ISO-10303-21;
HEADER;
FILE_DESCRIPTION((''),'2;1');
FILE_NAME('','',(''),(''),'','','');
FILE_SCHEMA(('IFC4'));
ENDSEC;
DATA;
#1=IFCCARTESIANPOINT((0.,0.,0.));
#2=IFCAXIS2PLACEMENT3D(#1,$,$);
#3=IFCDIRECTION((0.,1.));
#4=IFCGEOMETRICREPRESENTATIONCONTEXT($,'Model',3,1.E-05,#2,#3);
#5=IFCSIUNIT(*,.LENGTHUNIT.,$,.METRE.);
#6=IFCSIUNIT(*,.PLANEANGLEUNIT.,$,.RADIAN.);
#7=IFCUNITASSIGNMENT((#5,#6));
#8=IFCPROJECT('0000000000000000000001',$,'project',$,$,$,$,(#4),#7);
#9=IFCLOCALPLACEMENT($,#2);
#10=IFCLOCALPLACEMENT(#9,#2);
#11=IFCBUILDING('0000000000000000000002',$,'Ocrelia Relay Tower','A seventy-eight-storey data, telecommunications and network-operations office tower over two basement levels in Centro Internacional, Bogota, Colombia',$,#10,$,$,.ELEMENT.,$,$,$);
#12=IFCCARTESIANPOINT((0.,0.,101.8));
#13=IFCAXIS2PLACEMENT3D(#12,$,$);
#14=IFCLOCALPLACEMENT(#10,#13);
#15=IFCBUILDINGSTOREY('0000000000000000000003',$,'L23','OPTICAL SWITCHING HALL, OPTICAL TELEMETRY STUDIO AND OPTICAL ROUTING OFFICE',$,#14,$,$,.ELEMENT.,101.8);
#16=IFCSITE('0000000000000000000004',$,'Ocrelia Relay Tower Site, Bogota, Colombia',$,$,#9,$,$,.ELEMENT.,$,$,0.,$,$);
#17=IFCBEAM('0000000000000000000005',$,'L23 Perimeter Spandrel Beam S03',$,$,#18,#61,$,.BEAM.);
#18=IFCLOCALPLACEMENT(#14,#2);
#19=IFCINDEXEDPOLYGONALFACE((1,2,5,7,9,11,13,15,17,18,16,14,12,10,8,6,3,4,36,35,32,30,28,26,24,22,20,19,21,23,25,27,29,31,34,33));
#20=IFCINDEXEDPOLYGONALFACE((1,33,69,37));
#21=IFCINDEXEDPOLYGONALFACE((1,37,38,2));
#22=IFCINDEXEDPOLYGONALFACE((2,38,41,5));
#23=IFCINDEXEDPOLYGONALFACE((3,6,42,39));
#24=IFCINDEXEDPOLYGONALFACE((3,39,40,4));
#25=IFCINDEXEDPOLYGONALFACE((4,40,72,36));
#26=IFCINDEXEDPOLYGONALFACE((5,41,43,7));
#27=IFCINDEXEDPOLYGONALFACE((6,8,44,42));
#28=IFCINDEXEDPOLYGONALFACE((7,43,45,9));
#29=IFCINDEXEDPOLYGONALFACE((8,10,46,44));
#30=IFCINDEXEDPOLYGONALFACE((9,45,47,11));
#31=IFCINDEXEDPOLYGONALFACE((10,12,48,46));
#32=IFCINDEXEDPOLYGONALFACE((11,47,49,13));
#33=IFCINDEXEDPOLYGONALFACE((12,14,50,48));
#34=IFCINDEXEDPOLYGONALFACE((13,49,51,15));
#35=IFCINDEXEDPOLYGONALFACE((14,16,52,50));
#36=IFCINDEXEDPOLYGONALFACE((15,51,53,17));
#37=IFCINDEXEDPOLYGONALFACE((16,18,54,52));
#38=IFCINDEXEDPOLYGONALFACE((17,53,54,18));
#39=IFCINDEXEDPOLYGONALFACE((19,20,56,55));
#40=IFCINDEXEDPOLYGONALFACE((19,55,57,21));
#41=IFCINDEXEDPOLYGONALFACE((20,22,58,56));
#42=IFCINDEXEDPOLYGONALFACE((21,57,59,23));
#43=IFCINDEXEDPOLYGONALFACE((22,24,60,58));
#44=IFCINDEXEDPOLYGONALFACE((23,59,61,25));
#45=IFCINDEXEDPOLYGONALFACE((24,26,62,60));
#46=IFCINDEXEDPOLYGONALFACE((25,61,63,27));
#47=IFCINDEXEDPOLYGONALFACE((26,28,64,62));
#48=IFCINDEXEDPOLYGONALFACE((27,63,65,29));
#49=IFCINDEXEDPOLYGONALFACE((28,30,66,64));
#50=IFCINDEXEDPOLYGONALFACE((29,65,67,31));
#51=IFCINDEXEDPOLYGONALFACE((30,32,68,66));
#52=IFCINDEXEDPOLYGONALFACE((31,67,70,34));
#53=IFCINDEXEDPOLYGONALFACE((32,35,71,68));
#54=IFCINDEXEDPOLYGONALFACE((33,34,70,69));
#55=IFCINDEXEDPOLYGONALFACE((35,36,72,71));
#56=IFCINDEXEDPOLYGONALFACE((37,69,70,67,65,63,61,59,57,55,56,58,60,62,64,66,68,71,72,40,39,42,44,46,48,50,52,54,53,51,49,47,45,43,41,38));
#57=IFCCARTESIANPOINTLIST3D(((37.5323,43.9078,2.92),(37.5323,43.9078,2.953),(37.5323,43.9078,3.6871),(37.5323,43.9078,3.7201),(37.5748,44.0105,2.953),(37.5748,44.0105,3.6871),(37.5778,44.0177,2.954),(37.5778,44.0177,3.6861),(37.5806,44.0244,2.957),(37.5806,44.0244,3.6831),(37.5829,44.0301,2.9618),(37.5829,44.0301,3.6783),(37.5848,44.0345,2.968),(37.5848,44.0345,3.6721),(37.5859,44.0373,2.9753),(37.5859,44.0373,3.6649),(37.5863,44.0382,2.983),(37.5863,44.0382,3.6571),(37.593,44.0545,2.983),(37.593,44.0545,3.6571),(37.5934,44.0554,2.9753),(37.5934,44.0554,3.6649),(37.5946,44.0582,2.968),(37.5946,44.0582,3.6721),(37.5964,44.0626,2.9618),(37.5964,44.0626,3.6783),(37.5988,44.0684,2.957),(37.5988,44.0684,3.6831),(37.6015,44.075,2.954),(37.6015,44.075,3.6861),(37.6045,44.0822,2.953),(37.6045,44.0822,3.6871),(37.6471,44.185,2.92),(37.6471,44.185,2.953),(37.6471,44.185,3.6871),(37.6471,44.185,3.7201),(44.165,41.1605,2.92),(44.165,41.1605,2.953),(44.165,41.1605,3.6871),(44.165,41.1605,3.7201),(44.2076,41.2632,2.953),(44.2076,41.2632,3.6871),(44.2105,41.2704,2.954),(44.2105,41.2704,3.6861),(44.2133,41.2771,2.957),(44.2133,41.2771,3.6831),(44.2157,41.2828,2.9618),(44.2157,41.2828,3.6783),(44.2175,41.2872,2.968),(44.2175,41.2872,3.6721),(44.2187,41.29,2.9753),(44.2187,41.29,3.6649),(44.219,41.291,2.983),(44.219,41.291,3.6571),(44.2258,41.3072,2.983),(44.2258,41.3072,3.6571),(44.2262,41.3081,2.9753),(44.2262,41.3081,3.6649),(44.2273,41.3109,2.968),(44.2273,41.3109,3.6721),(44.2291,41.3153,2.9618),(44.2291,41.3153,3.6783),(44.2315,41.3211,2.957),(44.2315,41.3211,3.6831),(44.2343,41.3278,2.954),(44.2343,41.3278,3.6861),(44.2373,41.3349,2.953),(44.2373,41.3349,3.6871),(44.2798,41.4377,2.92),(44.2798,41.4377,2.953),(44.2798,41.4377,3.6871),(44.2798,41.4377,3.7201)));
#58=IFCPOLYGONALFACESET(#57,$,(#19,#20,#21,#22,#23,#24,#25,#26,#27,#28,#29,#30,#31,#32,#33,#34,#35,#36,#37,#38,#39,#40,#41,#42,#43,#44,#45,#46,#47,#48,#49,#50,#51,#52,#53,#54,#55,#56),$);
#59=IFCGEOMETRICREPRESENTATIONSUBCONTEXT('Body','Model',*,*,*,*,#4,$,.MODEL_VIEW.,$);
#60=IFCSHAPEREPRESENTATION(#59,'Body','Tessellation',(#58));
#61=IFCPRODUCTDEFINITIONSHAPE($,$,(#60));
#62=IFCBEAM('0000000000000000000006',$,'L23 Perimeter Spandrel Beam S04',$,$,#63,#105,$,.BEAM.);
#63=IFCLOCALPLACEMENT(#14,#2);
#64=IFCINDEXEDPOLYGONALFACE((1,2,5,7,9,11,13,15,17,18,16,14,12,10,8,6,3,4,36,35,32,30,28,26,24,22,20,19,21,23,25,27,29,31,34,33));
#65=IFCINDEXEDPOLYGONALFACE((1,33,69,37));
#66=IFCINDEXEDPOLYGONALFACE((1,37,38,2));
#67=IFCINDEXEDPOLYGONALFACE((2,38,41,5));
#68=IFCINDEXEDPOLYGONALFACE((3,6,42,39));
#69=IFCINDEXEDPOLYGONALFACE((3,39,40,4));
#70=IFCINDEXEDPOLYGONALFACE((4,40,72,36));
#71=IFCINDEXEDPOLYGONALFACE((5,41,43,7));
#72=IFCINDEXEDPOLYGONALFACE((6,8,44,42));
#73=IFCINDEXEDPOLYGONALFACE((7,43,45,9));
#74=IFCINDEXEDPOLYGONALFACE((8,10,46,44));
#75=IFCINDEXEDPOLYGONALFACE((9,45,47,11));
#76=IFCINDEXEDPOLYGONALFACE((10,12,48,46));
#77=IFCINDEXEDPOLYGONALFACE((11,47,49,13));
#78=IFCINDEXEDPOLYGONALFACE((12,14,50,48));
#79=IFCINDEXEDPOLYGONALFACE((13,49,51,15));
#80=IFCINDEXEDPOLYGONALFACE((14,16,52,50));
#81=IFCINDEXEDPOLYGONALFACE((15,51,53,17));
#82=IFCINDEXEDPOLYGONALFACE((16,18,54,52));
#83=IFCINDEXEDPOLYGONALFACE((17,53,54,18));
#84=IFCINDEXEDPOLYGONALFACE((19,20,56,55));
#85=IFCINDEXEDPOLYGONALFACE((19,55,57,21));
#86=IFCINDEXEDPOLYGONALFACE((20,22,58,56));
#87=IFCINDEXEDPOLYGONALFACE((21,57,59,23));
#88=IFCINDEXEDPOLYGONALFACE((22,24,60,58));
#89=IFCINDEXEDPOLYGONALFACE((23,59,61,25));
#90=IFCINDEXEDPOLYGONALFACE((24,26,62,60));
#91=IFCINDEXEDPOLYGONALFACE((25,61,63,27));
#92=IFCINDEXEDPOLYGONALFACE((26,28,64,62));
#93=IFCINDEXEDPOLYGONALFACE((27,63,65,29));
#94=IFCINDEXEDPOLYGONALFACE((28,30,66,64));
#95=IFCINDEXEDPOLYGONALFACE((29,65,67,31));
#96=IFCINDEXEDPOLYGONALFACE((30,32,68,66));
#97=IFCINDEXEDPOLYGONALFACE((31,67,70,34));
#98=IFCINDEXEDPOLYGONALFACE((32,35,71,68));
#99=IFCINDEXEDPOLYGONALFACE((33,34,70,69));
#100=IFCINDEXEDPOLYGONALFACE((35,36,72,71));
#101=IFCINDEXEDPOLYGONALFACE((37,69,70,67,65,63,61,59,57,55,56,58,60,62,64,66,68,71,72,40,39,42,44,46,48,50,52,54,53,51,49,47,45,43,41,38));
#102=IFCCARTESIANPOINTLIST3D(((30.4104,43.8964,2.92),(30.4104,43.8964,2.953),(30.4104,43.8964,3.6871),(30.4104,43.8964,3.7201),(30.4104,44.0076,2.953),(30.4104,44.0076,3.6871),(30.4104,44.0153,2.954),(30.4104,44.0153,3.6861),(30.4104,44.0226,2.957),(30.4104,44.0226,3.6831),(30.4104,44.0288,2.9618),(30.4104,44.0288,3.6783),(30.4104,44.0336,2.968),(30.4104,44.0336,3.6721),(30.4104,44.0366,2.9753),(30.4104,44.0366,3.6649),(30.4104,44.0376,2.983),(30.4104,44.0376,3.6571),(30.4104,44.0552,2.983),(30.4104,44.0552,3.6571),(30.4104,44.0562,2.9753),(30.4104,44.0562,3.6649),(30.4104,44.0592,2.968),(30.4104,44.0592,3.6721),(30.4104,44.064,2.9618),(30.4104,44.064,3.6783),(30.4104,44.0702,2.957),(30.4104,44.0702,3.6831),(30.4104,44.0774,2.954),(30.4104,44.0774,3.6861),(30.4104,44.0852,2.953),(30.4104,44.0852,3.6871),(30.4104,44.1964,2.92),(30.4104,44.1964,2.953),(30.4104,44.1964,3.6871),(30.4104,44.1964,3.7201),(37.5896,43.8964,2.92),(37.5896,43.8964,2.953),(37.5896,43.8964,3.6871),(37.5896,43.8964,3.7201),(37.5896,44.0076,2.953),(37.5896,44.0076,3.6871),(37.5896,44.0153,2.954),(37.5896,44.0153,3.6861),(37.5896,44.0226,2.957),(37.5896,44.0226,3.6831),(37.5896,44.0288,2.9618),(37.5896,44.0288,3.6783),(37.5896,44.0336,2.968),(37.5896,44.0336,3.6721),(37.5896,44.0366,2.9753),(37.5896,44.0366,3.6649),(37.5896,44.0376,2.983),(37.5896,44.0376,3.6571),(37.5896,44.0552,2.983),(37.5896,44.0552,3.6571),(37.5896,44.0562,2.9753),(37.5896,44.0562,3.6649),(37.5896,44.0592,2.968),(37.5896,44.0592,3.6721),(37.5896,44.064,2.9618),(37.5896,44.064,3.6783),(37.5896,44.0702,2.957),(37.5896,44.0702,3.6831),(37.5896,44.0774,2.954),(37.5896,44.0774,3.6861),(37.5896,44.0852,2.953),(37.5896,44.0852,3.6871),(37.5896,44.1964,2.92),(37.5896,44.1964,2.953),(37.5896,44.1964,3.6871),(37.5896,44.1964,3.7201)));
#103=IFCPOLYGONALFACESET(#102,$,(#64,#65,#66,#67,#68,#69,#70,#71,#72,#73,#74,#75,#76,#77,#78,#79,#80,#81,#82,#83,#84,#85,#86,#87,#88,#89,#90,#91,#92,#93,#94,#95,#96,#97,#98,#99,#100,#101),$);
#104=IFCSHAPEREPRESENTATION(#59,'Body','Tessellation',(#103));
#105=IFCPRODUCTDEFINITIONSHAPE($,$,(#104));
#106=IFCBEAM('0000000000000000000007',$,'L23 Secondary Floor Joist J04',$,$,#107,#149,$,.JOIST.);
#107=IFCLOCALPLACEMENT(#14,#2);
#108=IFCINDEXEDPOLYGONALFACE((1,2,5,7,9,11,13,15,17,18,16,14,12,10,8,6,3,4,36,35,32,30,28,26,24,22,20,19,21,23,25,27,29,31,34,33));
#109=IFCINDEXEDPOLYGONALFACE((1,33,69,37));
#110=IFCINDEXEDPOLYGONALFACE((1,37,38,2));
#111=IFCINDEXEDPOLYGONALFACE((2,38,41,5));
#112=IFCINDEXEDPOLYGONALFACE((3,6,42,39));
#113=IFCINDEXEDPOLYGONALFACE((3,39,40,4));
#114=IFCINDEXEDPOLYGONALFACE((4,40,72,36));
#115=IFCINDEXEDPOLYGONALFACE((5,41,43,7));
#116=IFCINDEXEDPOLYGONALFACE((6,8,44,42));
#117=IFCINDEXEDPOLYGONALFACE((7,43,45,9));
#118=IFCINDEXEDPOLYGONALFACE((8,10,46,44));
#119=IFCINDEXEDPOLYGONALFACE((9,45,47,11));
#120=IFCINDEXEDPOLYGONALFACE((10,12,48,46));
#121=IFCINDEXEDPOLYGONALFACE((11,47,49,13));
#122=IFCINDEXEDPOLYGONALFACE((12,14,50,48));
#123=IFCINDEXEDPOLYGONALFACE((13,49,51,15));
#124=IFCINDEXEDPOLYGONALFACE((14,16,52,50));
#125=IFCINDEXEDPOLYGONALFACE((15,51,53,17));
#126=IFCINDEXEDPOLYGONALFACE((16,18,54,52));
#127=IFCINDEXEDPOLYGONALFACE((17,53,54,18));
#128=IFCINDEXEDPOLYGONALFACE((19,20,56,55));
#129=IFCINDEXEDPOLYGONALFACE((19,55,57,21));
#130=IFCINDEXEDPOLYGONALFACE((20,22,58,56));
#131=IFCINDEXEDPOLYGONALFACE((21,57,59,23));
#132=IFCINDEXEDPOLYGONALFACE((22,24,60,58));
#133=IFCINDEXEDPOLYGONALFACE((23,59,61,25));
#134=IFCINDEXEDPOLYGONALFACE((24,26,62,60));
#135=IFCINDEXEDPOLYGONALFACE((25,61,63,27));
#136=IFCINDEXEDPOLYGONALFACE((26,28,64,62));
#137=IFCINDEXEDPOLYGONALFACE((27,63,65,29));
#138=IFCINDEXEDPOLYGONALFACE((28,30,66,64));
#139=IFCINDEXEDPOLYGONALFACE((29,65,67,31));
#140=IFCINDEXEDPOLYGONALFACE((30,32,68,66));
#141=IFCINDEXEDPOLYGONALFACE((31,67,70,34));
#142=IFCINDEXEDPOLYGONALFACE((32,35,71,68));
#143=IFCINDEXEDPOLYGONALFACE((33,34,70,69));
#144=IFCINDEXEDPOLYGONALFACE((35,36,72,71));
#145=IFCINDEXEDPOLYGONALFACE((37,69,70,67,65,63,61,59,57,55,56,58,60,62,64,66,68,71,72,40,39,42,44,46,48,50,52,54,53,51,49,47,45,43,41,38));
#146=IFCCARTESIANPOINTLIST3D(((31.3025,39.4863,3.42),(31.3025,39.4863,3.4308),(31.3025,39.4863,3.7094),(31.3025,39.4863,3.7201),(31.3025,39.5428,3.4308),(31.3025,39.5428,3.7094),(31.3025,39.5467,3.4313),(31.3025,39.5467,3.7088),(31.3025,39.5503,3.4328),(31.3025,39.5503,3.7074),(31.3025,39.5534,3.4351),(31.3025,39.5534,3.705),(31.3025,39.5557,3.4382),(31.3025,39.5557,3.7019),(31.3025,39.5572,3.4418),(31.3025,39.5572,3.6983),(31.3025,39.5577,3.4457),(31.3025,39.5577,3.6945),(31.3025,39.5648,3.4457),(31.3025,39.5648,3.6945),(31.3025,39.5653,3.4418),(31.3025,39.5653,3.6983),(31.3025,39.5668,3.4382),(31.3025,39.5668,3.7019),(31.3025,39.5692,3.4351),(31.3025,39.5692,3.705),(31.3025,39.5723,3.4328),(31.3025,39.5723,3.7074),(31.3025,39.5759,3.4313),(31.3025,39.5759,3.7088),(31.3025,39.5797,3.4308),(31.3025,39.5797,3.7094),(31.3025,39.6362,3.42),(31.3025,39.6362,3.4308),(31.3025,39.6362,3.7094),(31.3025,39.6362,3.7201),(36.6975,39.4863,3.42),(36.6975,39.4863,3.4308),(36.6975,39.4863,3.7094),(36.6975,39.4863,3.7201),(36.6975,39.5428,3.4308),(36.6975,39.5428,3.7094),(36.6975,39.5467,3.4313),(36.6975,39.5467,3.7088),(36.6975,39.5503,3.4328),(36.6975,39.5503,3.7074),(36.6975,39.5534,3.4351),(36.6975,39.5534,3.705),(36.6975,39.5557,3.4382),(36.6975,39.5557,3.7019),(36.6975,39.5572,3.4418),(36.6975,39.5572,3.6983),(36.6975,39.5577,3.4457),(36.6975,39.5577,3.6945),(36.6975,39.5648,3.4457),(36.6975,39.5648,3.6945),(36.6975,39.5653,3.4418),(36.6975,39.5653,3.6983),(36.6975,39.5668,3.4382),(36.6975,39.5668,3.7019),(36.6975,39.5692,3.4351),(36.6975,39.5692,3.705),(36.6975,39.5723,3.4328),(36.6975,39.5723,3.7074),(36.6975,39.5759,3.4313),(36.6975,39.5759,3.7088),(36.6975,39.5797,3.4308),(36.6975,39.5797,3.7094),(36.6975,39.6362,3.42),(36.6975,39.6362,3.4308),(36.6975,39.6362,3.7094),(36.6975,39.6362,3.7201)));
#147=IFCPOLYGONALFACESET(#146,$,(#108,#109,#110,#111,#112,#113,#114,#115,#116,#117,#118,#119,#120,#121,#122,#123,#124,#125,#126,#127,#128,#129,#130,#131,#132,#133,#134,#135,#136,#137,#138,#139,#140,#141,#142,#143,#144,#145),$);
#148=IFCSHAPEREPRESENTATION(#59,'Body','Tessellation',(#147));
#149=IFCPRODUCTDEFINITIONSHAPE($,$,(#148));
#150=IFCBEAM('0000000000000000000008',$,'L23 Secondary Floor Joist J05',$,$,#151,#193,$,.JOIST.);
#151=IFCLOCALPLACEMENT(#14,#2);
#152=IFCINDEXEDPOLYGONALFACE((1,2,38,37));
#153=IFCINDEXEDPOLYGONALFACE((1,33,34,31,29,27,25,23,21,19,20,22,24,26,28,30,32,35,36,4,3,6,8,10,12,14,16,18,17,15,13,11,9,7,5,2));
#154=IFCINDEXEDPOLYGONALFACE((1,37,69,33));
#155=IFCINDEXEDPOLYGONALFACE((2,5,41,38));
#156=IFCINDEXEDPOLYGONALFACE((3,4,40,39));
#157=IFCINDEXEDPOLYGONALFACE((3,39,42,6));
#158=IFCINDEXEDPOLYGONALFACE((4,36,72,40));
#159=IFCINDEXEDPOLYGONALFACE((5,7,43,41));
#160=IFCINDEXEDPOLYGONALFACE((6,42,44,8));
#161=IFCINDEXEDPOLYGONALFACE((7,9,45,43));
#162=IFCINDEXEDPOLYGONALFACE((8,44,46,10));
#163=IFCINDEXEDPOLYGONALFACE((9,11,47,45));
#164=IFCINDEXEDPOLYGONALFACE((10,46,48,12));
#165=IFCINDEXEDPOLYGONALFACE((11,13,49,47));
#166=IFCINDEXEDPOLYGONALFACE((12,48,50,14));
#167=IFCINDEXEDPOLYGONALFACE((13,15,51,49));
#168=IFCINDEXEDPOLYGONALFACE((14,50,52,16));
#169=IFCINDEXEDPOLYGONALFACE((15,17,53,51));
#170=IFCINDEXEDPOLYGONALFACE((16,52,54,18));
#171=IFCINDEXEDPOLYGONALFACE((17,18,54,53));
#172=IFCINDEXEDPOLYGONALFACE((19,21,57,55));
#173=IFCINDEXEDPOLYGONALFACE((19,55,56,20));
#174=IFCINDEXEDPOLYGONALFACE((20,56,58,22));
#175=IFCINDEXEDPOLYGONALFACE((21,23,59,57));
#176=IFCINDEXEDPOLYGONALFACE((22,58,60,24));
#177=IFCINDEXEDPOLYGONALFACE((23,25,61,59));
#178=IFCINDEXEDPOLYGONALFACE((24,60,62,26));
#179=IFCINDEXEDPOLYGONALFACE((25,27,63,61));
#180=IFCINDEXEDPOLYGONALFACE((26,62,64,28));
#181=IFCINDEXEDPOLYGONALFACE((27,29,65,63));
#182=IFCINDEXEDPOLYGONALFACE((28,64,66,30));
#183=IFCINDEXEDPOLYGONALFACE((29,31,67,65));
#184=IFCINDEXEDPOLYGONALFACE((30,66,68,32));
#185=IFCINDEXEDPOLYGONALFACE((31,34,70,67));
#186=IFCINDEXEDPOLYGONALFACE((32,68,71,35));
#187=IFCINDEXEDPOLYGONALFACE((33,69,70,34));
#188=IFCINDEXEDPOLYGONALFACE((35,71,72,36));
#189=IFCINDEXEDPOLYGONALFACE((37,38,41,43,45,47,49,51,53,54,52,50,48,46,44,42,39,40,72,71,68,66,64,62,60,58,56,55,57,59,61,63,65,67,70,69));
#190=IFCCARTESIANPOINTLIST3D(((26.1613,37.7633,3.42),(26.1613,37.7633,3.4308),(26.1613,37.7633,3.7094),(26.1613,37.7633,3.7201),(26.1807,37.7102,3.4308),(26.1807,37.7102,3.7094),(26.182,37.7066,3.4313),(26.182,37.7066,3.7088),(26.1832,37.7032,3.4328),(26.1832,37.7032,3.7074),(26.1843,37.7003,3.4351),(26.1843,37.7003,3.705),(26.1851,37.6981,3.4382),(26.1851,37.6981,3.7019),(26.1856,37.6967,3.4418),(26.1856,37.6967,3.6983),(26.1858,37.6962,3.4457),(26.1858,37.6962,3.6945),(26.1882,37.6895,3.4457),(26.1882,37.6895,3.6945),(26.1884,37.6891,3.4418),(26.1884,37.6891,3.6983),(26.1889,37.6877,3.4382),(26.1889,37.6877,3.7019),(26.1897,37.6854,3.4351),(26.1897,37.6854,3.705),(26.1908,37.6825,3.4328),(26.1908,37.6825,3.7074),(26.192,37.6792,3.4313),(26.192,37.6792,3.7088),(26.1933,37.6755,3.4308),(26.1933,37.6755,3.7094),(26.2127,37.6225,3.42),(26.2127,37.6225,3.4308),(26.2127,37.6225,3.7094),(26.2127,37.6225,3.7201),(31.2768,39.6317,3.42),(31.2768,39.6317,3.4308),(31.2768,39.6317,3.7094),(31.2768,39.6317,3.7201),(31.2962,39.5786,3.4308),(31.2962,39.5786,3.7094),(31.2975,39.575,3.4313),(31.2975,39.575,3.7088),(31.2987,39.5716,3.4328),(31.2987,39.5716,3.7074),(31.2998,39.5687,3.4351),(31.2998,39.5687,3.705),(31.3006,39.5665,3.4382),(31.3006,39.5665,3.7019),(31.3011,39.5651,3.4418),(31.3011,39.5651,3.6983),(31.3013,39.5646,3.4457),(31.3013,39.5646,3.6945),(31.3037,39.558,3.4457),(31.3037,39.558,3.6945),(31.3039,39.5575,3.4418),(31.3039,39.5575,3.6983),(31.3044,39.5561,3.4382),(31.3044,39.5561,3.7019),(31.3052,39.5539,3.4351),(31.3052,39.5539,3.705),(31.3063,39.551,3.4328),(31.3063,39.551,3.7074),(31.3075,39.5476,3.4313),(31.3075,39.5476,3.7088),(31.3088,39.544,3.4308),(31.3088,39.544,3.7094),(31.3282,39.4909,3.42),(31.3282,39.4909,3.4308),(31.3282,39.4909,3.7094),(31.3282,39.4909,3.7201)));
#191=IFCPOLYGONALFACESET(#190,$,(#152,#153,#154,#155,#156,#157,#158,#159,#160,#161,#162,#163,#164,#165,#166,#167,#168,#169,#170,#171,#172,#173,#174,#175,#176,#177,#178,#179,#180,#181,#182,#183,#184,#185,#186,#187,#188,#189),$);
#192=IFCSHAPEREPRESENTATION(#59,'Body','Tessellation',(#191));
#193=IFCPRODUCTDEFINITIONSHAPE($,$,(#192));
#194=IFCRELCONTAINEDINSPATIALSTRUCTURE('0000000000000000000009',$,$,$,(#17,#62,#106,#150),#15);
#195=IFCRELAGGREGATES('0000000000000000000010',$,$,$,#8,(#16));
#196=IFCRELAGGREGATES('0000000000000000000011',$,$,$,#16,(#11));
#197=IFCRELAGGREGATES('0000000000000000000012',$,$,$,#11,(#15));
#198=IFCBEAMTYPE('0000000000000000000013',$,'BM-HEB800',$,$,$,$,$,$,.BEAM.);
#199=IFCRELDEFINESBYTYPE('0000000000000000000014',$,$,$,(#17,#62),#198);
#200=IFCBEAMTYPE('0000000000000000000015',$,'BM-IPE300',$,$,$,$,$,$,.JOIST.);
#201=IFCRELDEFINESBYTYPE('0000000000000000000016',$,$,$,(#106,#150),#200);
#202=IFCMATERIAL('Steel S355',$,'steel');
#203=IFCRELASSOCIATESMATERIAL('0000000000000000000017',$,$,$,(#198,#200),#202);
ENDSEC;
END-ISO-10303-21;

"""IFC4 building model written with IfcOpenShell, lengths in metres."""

from ifc_helpers import new_model, si_unit, direction, frame, origin, origin_2d, place, context, subcontext, project, spatial, i_section, extrude, material, material_profile, profile_set, type_object, element, save


model = new_model("IFC4")

# Units and contexts
model_context = context("Model", 3, precision=1e-05, world=origin(), true_north=direction((0.0, 1.0)))
body_context = subcontext(model_context, "Body", "Model", "MODEL_VIEW")
ifc_project = project(units=[si_unit("LENGTHUNIT", "METRE"), si_unit("PLANEANGLEUNIT", "RADIAN")], contexts=[model_context])

# Site, building, storey
site_placement = place(None, origin())
site = spatial("IfcSite", under=ifc_project, at=site_placement, Name="Ocrelia Relay Tower Site, Bogota, Colombia", CompositionType="ELEMENT", RefElevation=0.0)
building_placement = place(site_placement, origin())
building = spatial("IfcBuilding", under=site, at=building_placement, Name="Ocrelia Relay Tower", Description="A seventy-eight-storey data, telecommunications and network-operations office tower over two basement levels in Centro Internacional, Bogota, Colombia", CompositionType="ELEMENT")
storey_placement = place(building_placement, frame((0.0, 0.0, 101.8)))
storey = spatial("IfcBuildingStorey", under=building, at=storey_placement, Name="L23", Description="OPTICAL SWITCHING HALL, OPTICAL TELEMETRY STUDIO AND OPTICAL ROUTING OFFICE", CompositionType="ELEMENT", Elevation=101.8)

# Beams
ifc_material_1 = material(Name="Steel S355", Category="steel")
ifc_material_profile_1 = material_profile(ifc_material_1, i_section(OverallWidth=0.3, OverallDepth=0.8, WebThickness=0.0176, FlangeThickness=0.033, FilletRadius=0.03, at=origin_2d()), Name="HEB 800")
ifc_profile_set_1 = profile_set([ifc_material_profile_1], Name="Steel S355")
beam_type_1 = type_object("IfcBeamType", Name="BM-HEB800", PredefinedType="BEAM", material=ifc_profile_set_1)
for number, where, z_axis, x_axis, name in (
    (1, (44.2224, 41.2991, 3.3201), (-0.923884, 0.382673, 0.0), (-0.382673, -0.923884, 0.0), "L23 Perimeter Spandrel Beam S03"),
    (2, (37.5896, 44.0464, 3.3201), (-1.0, 0.0, 0.0), (0.0, -1.0, 0.0), "L23 Perimeter Spandrel Beam S04"),
):
    element("IfcBeam", number, at=place(storey_placement, frame(where, z_axis=z_axis, x_axis=x_axis)), inside=storey, type_object=beam_type_1, Name=name, PredefinedType="BEAM", context=body_context, shape_type="SweptSolid", body=[
        extrude(i_section(OverallWidth=0.3, OverallDepth=0.8, WebThickness=0.0176, FlangeThickness=0.033, FilletRadius=0.03, at=origin_2d()), origin(), (0.0, 0.0, 1.0), 7.1792),
    ])
ifc_material_profile_2 = material_profile(ifc_material_1, i_section(OverallWidth=0.1499, OverallDepth=0.3, WebThickness=0.0071, FlangeThickness=0.0107, FilletRadius=0.0149, at=origin_2d()), Name="IPE 300")
ifc_profile_set_2 = profile_set([ifc_material_profile_2], Name="Steel S355")
beam_type_2 = type_object("IfcBeamType", Name="BM-IPE300", PredefinedType="JOIST", material=ifc_profile_set_2)
beam_1_placement = place(storey_placement, frame((36.6975, 39.5613, 3.5701), z_axis=(-1.0, 0.0, 0.0), x_axis=(0.0, -1.0, 0.0)))
element("IfcBeam", 3, at=beam_1_placement, inside=storey, type_object=beam_type_2, Name="L23 Secondary Floor Joist J04", PredefinedType="JOIST", context=body_context, shape_type="SweptSolid", body=[
    extrude(i_section(OverallWidth=0.1499, OverallDepth=0.3, WebThickness=0.0071, FlangeThickness=0.0107, FilletRadius=0.0149, at=origin_2d()), origin(), (0.0, 0.0, 1.0), 5.395),
])
beam_2_placement = place(storey_placement, frame((31.3025, 39.5613, 3.5701), z_axis=(-0.939307, -0.343078, 0.0), x_axis=(0.343078, -0.939307, 0.0)))
element("IfcBeam", 4, at=beam_2_placement, inside=storey, type_object=beam_type_2, Name="L23 Secondary Floor Joist J05", PredefinedType="JOIST", context=body_context, shape_type="SweptSolid", body=[
    extrude(i_section(OverallWidth=0.1499, OverallDepth=0.3, WebThickness=0.0071, FlangeThickness=0.0107, FilletRadius=0.0149, at=origin_2d()), origin(), (0.0, 0.0, 1.0), 5.446),
])

save(model, "model.ifc")
